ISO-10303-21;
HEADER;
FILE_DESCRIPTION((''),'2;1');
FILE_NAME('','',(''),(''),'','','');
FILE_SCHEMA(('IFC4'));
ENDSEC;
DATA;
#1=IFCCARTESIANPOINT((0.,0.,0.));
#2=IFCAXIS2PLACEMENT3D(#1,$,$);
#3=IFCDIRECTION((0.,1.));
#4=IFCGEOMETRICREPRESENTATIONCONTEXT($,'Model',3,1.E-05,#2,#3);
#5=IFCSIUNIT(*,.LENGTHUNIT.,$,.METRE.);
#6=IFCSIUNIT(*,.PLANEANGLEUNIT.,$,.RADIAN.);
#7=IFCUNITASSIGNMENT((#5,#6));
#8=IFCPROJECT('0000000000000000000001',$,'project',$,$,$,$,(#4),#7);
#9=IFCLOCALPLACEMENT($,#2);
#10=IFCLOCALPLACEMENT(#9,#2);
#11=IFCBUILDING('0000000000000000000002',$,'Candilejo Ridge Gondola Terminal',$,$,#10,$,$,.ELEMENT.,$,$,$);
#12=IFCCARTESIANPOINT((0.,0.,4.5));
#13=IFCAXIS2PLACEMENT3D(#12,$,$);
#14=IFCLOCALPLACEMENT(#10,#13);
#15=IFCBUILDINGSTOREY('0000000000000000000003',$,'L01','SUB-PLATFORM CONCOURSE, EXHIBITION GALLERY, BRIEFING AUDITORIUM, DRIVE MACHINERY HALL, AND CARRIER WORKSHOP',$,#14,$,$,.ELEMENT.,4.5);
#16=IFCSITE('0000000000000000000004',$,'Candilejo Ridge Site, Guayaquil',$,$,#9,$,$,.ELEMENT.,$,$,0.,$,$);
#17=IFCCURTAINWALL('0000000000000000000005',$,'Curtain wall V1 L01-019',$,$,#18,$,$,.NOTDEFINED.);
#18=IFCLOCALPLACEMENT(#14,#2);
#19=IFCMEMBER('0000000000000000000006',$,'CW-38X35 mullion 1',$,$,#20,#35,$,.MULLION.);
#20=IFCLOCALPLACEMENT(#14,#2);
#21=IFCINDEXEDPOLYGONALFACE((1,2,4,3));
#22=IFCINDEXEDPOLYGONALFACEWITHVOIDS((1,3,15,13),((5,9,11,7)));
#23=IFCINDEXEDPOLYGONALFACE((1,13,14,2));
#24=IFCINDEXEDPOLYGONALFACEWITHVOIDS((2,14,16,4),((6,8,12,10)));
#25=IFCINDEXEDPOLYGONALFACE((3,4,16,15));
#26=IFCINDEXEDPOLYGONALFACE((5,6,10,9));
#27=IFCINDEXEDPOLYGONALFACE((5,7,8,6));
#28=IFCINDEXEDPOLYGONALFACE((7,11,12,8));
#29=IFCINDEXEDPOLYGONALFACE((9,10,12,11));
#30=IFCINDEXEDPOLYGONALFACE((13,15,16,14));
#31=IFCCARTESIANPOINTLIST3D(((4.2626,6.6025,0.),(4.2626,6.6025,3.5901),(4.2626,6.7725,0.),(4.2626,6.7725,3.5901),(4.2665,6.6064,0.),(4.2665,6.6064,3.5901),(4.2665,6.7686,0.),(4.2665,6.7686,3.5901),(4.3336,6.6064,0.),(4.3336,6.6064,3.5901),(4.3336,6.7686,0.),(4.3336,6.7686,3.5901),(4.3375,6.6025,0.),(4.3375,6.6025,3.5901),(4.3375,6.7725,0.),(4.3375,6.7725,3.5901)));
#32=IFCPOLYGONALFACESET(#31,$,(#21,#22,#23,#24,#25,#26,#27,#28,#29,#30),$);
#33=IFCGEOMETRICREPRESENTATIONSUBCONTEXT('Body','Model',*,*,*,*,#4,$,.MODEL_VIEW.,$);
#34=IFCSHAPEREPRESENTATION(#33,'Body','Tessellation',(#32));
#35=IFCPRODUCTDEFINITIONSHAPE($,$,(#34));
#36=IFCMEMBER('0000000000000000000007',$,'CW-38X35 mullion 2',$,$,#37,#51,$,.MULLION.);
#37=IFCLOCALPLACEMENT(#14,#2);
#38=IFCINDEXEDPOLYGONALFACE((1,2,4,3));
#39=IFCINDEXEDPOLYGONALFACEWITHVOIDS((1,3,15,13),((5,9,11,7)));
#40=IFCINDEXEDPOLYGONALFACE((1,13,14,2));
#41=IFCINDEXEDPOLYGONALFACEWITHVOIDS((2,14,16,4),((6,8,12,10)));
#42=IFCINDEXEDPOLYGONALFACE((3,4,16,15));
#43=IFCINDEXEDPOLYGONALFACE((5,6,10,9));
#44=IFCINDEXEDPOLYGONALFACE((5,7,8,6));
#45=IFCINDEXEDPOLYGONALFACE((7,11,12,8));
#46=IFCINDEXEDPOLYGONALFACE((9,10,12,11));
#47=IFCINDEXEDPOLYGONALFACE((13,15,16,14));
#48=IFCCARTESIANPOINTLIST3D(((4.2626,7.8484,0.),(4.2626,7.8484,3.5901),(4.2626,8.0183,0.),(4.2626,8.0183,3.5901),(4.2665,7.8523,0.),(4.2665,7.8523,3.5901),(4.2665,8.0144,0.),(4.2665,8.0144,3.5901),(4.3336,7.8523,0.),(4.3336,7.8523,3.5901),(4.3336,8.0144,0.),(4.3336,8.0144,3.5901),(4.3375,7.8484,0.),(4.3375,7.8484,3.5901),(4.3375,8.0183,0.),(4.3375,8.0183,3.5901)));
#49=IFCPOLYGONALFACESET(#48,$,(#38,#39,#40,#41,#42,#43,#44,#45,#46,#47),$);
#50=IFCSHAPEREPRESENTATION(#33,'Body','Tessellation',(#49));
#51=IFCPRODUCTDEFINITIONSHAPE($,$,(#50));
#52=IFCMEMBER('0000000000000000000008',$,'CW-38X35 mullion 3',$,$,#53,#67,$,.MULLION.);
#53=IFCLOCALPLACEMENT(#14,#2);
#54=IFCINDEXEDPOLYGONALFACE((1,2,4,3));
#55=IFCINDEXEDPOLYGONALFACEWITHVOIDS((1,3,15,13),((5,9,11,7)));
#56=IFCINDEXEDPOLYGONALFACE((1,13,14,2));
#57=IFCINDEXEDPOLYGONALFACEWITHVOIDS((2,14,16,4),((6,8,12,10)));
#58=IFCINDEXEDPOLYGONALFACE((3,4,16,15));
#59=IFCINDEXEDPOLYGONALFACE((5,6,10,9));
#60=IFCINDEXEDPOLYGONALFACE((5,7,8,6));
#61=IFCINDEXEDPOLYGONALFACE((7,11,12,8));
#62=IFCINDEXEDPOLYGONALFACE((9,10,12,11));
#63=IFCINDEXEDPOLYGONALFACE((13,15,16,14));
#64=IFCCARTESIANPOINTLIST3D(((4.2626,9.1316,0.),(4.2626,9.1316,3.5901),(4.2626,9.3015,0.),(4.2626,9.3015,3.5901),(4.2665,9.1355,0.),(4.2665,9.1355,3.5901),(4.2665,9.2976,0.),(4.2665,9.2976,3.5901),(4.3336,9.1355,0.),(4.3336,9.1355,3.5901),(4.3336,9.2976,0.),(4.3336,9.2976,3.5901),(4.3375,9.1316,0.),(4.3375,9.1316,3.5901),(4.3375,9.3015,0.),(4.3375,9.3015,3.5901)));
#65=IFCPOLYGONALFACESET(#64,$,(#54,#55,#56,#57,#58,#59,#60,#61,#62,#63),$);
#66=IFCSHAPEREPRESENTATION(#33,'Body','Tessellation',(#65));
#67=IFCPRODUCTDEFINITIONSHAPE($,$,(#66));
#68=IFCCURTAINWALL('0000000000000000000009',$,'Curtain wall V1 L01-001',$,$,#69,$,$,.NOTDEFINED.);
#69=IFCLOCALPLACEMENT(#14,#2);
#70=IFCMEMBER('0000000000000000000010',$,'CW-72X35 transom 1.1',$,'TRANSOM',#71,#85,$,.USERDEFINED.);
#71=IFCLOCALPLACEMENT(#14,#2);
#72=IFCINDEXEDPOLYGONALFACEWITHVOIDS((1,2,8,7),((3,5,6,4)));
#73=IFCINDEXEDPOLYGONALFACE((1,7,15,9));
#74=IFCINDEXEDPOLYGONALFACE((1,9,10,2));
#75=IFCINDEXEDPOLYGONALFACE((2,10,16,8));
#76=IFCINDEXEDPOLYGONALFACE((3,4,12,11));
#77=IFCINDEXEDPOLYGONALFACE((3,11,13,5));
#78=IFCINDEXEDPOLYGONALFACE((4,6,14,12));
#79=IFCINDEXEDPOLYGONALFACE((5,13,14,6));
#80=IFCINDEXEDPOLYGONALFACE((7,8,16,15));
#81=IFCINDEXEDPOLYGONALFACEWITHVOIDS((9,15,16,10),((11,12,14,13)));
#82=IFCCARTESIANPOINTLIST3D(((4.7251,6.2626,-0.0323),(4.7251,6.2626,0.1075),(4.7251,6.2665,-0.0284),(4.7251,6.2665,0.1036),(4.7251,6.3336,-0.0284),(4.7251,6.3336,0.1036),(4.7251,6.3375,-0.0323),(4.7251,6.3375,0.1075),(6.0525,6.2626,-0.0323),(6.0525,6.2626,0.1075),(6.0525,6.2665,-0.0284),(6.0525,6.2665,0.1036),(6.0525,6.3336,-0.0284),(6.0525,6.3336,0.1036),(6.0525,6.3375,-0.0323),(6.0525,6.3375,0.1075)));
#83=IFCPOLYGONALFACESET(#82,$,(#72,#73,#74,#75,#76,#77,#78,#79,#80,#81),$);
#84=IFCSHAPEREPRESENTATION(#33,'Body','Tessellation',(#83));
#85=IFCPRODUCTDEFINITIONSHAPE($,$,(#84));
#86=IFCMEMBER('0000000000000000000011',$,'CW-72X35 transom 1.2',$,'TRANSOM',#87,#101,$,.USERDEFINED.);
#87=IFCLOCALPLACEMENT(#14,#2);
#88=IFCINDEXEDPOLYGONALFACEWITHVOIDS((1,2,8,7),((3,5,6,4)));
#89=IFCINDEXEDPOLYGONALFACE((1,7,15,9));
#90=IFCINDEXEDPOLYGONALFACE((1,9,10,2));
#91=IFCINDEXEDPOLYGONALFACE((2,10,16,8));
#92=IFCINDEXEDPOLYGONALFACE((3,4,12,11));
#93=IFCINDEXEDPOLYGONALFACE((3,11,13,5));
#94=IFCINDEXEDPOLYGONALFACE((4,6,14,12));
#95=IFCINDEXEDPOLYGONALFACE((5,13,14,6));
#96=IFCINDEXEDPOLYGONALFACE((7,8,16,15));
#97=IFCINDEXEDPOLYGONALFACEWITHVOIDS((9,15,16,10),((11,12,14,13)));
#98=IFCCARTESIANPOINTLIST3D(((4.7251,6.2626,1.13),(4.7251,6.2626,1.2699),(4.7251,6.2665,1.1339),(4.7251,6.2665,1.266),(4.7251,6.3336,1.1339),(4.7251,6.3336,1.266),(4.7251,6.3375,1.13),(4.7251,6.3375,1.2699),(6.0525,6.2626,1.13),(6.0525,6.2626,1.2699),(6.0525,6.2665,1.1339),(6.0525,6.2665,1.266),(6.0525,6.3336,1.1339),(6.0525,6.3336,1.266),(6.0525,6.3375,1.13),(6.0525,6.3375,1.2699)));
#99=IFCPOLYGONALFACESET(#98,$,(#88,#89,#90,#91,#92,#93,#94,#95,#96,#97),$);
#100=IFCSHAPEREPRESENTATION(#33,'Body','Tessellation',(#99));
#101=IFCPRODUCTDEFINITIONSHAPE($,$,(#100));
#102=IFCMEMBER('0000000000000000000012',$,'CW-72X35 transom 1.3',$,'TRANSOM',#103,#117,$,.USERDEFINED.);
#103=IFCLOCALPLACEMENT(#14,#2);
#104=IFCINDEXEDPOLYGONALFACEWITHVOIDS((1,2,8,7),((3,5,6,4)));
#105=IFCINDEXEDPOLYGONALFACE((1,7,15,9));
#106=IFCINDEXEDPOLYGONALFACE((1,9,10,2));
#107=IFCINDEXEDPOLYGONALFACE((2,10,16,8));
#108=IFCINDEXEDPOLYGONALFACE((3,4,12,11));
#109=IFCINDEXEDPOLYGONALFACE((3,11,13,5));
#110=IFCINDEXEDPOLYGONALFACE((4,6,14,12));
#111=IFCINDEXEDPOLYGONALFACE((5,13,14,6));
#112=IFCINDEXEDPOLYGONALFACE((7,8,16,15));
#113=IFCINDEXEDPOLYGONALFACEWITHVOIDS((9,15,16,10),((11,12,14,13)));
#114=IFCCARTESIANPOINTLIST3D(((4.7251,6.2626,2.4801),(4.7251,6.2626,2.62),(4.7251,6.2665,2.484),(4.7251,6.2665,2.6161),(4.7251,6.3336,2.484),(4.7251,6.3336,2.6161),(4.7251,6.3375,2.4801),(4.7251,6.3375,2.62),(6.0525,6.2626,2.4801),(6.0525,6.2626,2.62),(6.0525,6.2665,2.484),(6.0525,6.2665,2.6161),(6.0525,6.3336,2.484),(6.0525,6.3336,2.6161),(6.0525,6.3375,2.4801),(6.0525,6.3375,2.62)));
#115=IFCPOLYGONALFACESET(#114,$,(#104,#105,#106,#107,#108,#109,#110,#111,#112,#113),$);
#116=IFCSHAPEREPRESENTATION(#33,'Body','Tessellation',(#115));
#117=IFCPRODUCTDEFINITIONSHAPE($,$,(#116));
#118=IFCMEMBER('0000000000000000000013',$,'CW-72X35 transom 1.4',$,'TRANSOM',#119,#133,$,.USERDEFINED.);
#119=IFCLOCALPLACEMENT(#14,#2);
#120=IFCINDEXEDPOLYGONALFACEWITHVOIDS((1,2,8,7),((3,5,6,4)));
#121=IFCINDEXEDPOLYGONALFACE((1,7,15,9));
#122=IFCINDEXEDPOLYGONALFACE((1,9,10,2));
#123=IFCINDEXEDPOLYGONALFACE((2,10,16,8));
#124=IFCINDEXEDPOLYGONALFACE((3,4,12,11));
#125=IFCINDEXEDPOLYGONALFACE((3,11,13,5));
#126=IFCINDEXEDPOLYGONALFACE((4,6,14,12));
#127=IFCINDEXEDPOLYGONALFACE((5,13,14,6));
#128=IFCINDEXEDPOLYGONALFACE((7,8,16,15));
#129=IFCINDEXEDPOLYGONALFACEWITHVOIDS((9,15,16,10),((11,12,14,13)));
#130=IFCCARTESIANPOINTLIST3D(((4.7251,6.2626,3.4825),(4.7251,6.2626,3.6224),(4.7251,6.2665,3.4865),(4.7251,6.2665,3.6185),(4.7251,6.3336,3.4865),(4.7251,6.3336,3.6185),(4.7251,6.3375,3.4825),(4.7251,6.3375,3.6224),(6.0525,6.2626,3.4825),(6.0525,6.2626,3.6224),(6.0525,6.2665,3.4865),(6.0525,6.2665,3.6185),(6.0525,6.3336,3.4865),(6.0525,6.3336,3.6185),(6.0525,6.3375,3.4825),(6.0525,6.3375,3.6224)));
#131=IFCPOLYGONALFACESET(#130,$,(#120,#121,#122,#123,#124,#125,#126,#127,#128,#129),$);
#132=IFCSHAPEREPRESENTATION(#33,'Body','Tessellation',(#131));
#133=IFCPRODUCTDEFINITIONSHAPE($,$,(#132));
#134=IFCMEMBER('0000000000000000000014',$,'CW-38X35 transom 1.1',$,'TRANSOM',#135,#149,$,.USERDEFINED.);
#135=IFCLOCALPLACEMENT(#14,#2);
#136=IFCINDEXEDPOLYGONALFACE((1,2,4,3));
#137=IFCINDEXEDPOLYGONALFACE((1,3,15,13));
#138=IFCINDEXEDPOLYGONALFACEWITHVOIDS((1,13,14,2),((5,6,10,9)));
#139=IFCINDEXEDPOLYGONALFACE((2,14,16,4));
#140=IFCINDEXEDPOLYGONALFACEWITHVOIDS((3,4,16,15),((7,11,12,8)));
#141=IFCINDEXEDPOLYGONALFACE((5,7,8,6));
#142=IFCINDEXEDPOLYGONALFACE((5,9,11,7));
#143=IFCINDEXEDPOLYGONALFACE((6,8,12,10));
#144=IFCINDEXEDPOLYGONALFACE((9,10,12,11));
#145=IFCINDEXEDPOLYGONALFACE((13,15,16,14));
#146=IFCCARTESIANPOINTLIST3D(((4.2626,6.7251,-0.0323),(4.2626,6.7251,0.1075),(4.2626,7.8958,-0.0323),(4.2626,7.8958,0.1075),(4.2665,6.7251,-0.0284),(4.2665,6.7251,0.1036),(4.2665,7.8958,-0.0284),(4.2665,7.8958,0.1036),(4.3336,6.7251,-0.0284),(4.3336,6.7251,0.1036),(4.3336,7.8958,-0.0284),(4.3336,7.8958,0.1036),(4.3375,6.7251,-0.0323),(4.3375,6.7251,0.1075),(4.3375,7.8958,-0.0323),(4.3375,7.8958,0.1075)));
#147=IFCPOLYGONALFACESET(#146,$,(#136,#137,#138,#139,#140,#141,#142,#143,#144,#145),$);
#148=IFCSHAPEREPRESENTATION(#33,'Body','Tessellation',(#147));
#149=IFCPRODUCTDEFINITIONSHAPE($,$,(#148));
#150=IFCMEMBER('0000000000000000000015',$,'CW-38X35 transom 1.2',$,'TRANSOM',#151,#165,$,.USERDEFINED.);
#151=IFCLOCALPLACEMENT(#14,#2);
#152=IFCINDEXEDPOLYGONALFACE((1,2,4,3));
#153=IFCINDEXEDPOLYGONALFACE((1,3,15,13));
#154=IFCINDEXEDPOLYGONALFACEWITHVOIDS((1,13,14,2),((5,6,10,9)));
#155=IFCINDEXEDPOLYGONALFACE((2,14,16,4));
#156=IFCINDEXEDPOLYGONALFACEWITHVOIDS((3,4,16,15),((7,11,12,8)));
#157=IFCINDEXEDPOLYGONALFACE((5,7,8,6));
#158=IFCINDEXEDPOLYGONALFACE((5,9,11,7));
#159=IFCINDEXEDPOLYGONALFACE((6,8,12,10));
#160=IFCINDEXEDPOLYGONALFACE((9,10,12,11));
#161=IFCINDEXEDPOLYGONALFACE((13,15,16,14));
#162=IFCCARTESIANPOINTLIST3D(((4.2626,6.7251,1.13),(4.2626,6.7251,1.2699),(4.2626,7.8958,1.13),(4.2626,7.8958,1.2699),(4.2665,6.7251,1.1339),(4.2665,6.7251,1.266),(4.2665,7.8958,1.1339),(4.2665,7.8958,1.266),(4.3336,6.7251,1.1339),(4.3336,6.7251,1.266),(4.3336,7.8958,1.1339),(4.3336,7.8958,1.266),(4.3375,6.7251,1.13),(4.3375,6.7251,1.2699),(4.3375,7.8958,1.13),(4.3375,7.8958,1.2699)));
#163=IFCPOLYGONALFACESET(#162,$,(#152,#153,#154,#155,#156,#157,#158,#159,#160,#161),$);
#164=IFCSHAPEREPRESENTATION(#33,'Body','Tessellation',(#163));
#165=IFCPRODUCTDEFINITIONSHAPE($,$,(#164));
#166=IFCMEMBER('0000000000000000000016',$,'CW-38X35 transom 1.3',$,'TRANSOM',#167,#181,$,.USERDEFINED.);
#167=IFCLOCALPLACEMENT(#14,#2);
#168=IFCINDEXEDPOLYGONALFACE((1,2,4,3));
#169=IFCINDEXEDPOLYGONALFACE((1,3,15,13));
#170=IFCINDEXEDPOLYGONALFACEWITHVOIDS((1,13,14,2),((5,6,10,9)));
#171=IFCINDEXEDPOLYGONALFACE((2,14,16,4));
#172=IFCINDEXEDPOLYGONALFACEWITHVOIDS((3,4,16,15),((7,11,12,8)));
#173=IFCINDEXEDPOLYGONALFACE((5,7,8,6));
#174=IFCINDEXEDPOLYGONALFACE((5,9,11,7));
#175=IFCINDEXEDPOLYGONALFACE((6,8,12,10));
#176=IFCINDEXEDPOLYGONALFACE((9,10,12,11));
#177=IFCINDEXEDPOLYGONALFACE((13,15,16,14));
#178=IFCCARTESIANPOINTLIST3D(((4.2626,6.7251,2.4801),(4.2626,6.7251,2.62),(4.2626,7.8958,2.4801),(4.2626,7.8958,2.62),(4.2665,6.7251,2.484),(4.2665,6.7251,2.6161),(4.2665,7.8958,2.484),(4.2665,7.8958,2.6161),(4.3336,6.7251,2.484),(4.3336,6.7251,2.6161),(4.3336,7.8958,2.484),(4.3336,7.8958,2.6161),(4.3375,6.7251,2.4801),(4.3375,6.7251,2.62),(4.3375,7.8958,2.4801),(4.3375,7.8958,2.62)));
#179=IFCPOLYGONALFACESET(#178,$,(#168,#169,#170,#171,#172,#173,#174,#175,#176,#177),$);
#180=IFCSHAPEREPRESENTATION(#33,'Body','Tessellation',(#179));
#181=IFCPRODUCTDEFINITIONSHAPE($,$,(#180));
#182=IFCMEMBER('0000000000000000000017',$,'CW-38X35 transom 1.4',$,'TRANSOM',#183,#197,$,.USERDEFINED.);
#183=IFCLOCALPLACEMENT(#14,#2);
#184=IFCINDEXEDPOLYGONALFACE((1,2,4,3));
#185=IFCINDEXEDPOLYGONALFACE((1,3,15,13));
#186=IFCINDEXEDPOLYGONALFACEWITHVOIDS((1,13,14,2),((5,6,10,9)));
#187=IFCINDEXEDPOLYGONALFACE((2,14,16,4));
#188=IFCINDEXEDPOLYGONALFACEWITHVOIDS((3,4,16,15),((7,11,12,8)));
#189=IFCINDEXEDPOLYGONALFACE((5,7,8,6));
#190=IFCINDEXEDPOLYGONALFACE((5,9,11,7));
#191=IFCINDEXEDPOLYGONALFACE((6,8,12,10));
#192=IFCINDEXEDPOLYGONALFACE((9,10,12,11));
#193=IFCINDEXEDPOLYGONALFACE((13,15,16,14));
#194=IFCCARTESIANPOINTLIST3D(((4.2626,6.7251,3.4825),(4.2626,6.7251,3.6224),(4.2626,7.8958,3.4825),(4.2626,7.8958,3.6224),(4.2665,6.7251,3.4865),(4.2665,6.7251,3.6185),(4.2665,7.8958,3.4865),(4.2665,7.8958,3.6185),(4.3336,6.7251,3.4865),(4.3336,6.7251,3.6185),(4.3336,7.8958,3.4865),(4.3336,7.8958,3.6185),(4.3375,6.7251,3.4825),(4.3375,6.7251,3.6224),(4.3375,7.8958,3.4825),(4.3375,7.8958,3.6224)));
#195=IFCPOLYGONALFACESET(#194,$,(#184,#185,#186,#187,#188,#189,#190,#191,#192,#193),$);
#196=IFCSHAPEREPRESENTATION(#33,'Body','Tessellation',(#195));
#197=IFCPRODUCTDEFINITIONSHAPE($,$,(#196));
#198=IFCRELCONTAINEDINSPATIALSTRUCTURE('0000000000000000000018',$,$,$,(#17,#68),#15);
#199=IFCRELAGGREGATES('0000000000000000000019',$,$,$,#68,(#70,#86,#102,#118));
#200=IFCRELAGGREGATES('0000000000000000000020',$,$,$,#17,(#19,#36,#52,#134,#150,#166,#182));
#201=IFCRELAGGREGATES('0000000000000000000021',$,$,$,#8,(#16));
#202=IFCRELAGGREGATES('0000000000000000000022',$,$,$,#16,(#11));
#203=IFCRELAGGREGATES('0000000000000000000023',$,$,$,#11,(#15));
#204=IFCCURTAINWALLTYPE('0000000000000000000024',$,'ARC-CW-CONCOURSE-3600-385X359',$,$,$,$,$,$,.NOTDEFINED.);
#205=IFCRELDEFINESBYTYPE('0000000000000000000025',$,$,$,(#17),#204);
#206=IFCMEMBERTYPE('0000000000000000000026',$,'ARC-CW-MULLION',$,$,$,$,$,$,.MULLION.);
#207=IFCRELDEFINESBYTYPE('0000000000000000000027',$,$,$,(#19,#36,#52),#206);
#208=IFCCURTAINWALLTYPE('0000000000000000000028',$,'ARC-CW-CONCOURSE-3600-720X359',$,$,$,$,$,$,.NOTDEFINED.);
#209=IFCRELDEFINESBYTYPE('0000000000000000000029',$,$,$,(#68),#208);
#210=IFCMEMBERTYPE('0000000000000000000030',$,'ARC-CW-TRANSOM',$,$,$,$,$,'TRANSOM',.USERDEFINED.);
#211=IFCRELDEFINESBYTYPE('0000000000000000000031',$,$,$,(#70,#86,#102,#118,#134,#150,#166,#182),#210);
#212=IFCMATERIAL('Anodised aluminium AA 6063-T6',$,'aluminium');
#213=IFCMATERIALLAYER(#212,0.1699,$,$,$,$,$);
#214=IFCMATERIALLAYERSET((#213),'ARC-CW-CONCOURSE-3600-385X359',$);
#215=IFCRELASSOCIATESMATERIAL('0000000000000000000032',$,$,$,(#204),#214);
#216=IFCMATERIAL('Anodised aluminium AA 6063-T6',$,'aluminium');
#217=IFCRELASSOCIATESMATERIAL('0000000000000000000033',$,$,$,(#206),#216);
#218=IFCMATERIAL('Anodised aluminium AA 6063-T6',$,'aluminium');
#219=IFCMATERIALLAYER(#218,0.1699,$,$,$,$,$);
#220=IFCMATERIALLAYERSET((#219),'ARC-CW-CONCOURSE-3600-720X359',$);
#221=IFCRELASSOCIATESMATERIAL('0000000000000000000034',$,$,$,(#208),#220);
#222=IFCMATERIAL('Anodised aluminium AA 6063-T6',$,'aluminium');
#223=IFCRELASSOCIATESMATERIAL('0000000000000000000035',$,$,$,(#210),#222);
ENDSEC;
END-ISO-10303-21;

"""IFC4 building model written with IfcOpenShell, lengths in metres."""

from ifc_helpers import new_model, si_unit, direction, frame, origin, origin_2d, place, context, subcontext, project, spatial, hollow_rectangle, extrude, material, layer, layer_set, material_profile, profile_set, type_object, element, aggregate, save


model = new_model("IFC4")

# Units and contexts
model_context = context("Model", 3, precision=1e-05, world=origin(), true_north=direction((0.0, 1.0)))
body_context = subcontext(model_context, "Body", "Model", "MODEL_VIEW")
ifc_project = project(units=[si_unit("LENGTHUNIT", "METRE"), si_unit("PLANEANGLEUNIT", "RADIAN")], contexts=[model_context])

# Site, building, storey
site_placement = place(None, origin())
site = spatial("IfcSite", under=ifc_project, at=site_placement, Name="Candilejo Ridge Site, Guayaquil", CompositionType="ELEMENT", RefElevation=0.0)
building_placement = place(site_placement, origin())
building = spatial("IfcBuilding", under=site, at=building_placement, Name="Candilejo Ridge Gondola Terminal", CompositionType="ELEMENT")
storey_placement = place(building_placement, frame((0.0, 0.0, 4.5)))
storey = spatial("IfcBuildingStorey", under=building, at=storey_placement, Name="L01", Description="SUB-PLATFORM CONCOURSE, EXHIBITION GALLERY, BRIEFING AUDITORIUM, DRIVE MACHINERY HALL, AND CARRIER WORKSHOP", CompositionType="ELEMENT", Elevation=4.5)

# Curtain walls, members
ifc_material_1 = material(Name="Anodised aluminium AA 6063-T6", Category="aluminium")
ifc_layer_1 = layer(ifc_material_1, 0.1699)
ifc_layer_set_1 = layer_set([ifc_layer_1], Name="ARC-CW-CONCOURSE-3600-385X359")
curtain_wall_type_1 = type_object("IfcCurtainWallType", Name="ARC-CW-CONCOURSE-3600-385X359", PredefinedType="NOTDEFINED", material=ifc_layer_set_1)
curtain_wall_1_placement = place(storey_placement, origin())
curtain_wall_1 = element("IfcCurtainWall", 1, at=curtain_wall_1_placement, inside=storey, type_object=curtain_wall_type_1, Name="Curtain wall V1 L01-019", PredefinedType="NOTDEFINED")
ifc_material_2 = material(Name="Anodised aluminium AA 6063-T6", Category="aluminium")
ifc_material_profile_1 = material_profile(ifc_material_2, hollow_rectangle(XDim=0.075, YDim=0.1699, WallThickness=0.0039, at=origin_2d()))
ifc_profile_set_1 = profile_set([ifc_material_profile_1], Name="Anodised aluminium AA 6063-T6")
member_type_1 = type_object("IfcMemberType", Name="ARC-CW-MULLION", PredefinedType="MULLION", material=ifc_profile_set_1)
member_1_placement = place(storey_placement, frame((4.3, 6.6875, 0.0), z_axis=(0.0, 0.0, 1.0), x_axis=(-1.0, 0.0, 0.0)))
member_1 = element("IfcMember", 2, at=member_1_placement, type_object=member_type_1, Name="CW-38X35 mullion 1", PredefinedType="MULLION", context=body_context, shape_type="SweptSolid", body=[
    extrude(hollow_rectangle(XDim=0.075, YDim=0.1699, WallThickness=0.0039, at=origin_2d()), origin(), (0.0, 0.0, 1.0), 3.5901),
])
member_2_placement = place(storey_placement, frame((4.3, 7.9333, 0.0), z_axis=(0.0, 0.0, 1.0), x_axis=(-1.0, 0.0, 0.0)))
member_2 = element("IfcMember", 3, at=member_2_placement, type_object=member_type_1, Name="CW-38X35 mullion 2", PredefinedType="MULLION", context=body_context, shape_type="SweptSolid", body=[
    extrude(hollow_rectangle(XDim=0.075, YDim=0.1699, WallThickness=0.0039, at=origin_2d()), origin(), (0.0, 0.0, 1.0), 3.5901),
])
member_3_placement = place(storey_placement, frame((4.3, 9.2166, 0.0), z_axis=(0.0, 0.0, 1.0), x_axis=(-1.0, 0.0, 0.0)))
member_3 = element("IfcMember", 4, at=member_3_placement, type_object=member_type_1, Name="CW-38X35 mullion 3", PredefinedType="MULLION", context=body_context, shape_type="SweptSolid", body=[
    extrude(hollow_rectangle(XDim=0.075, YDim=0.1699, WallThickness=0.0039, at=origin_2d()), origin(), (0.0, 0.0, 1.0), 3.5901),
])
ifc_material_3 = material(Name="Anodised aluminium AA 6063-T6", Category="aluminium")
ifc_layer_2 = layer(ifc_material_3, 0.1699)
ifc_layer_set_2 = layer_set([ifc_layer_2], Name="ARC-CW-CONCOURSE-3600-720X359")
curtain_wall_type_2 = type_object("IfcCurtainWallType", Name="ARC-CW-CONCOURSE-3600-720X359", PredefinedType="NOTDEFINED", material=ifc_layer_set_2)
curtain_wall_2_placement = place(storey_placement, origin())
curtain_wall_2 = element("IfcCurtainWall", 5, at=curtain_wall_2_placement, inside=storey, type_object=curtain_wall_type_2, Name="Curtain wall V1 L01-001", PredefinedType="NOTDEFINED")
ifc_material_4 = material(Name="Anodised aluminium AA 6063-T6", Category="aluminium")
ifc_material_profile_2 = material_profile(ifc_material_4, hollow_rectangle(XDim=0.075, YDim=0.1399, WallThickness=0.0039, at=origin_2d()))
ifc_profile_set_2 = profile_set([ifc_material_profile_2], Name="Anodised aluminium AA 6063-T6")
member_type_2 = type_object("IfcMemberType", Name="ARC-CW-TRANSOM", ElementType="TRANSOM", PredefinedType="USERDEFINED", material=ifc_profile_set_2)
member_4_placement = place(storey_placement, frame((4.7251, 6.3, 0.0376), z_axis=(1.0, 0.0, 0.0), x_axis=(0.0, 1.0, 0.0)))
member_4 = element("IfcMember", 6, at=member_4_placement, type_object=member_type_2, Name="CW-72X35 transom 1.1", ObjectType="TRANSOM", PredefinedType="USERDEFINED", context=body_context, shape_type="SweptSolid", body=[
    extrude(hollow_rectangle(XDim=0.075, YDim=0.1399, WallThickness=0.0039, at=origin_2d()), origin(), (0.0, 0.0, 1.0), 1.3274),
])
member_5_placement = place(storey_placement, frame((4.7251, 6.3, 1.2), z_axis=(1.0, 0.0, 0.0), x_axis=(0.0, 1.0, 0.0)))
member_5 = element("IfcMember", 7, at=member_5_placement, type_object=member_type_2, Name="CW-72X35 transom 1.2", ObjectType="TRANSOM", PredefinedType="USERDEFINED", context=body_context, shape_type="SweptSolid", body=[
    extrude(hollow_rectangle(XDim=0.075, YDim=0.1399, WallThickness=0.0039, at=origin_2d()), origin(), (0.0, 0.0, 1.0), 1.3274),
])
member_6_placement = place(storey_placement, frame((4.7251, 6.3, 2.55), z_axis=(1.0, 0.0, 0.0), x_axis=(0.0, 1.0, 0.0)))
member_6 = element("IfcMember", 8, at=member_6_placement, type_object=member_type_2, Name="CW-72X35 transom 1.3", ObjectType="TRANSOM", PredefinedType="USERDEFINED", context=body_context, shape_type="SweptSolid", body=[
    extrude(hollow_rectangle(XDim=0.075, YDim=0.1399, WallThickness=0.0039, at=origin_2d()), origin(), (0.0, 0.0, 1.0), 1.3274),
])
member_7_placement = place(storey_placement, frame((4.7251, 6.3, 3.5525), z_axis=(1.0, 0.0, 0.0), x_axis=(0.0, 1.0, 0.0)))
member_7 = element("IfcMember", 9, at=member_7_placement, type_object=member_type_2, Name="CW-72X35 transom 1.4", ObjectType="TRANSOM", PredefinedType="USERDEFINED", context=body_context, shape_type="SweptSolid", body=[
    extrude(hollow_rectangle(XDim=0.075, YDim=0.1399, WallThickness=0.0039, at=origin_2d()), origin(), (0.0, 0.0, 1.0), 1.3274),
])

# Members
member_8_placement = place(storey_placement, frame((4.3, 6.7251, 0.0376), z_axis=(0.0, 1.0, 0.0), x_axis=(-1.0, 0.0, 0.0)))
member_8 = element("IfcMember", 10, at=member_8_placement, type_object=member_type_2, Name="CW-38X35 transom 1.1", ObjectType="TRANSOM", PredefinedType="USERDEFINED", context=body_context, shape_type="SweptSolid", body=[
    extrude(hollow_rectangle(XDim=0.075, YDim=0.1399, WallThickness=0.0039, at=origin_2d()), origin(), (0.0, 0.0, 1.0), 1.1707),
])
member_9_placement = place(storey_placement, frame((4.3, 6.7251, 1.2), z_axis=(0.0, 1.0, 0.0), x_axis=(-1.0, 0.0, 0.0)))
member_9 = element("IfcMember", 11, at=member_9_placement, type_object=member_type_2, Name="CW-38X35 transom 1.2", ObjectType="TRANSOM", PredefinedType="USERDEFINED", context=body_context, shape_type="SweptSolid", body=[
    extrude(hollow_rectangle(XDim=0.075, YDim=0.1399, WallThickness=0.0039, at=origin_2d()), origin(), (0.0, 0.0, 1.0), 1.1707),
])
member_10_placement = place(storey_placement, frame((4.3, 6.7251, 2.55), z_axis=(0.0, 1.0, 0.0), x_axis=(-1.0, 0.0, 0.0)))
member_10 = element("IfcMember", 12, at=member_10_placement, type_object=member_type_2, Name="CW-38X35 transom 1.3", ObjectType="TRANSOM", PredefinedType="USERDEFINED", context=body_context, shape_type="SweptSolid", body=[
    extrude(hollow_rectangle(XDim=0.075, YDim=0.1399, WallThickness=0.0039, at=origin_2d()), origin(), (0.0, 0.0, 1.0), 1.1707),
])
member_11_placement = place(storey_placement, frame((4.3, 6.7251, 3.5525), z_axis=(0.0, 1.0, 0.0), x_axis=(-1.0, 0.0, 0.0)))
member_11 = element("IfcMember", 13, at=member_11_placement, type_object=member_type_2, Name="CW-38X35 transom 1.4", ObjectType="TRANSOM", PredefinedType="USERDEFINED", context=body_context, shape_type="SweptSolid", body=[
    extrude(hollow_rectangle(XDim=0.075, YDim=0.1399, WallThickness=0.0039, at=origin_2d()), origin(), (0.0, 0.0, 1.0), 1.1707),
])

aggregate(curtain_wall_2, [member_4, member_5, member_6, member_7])
aggregate(curtain_wall_1, [member_1, member_2, member_3, member_8, member_9, member_10, member_11])

save(model, "model.ifc")
